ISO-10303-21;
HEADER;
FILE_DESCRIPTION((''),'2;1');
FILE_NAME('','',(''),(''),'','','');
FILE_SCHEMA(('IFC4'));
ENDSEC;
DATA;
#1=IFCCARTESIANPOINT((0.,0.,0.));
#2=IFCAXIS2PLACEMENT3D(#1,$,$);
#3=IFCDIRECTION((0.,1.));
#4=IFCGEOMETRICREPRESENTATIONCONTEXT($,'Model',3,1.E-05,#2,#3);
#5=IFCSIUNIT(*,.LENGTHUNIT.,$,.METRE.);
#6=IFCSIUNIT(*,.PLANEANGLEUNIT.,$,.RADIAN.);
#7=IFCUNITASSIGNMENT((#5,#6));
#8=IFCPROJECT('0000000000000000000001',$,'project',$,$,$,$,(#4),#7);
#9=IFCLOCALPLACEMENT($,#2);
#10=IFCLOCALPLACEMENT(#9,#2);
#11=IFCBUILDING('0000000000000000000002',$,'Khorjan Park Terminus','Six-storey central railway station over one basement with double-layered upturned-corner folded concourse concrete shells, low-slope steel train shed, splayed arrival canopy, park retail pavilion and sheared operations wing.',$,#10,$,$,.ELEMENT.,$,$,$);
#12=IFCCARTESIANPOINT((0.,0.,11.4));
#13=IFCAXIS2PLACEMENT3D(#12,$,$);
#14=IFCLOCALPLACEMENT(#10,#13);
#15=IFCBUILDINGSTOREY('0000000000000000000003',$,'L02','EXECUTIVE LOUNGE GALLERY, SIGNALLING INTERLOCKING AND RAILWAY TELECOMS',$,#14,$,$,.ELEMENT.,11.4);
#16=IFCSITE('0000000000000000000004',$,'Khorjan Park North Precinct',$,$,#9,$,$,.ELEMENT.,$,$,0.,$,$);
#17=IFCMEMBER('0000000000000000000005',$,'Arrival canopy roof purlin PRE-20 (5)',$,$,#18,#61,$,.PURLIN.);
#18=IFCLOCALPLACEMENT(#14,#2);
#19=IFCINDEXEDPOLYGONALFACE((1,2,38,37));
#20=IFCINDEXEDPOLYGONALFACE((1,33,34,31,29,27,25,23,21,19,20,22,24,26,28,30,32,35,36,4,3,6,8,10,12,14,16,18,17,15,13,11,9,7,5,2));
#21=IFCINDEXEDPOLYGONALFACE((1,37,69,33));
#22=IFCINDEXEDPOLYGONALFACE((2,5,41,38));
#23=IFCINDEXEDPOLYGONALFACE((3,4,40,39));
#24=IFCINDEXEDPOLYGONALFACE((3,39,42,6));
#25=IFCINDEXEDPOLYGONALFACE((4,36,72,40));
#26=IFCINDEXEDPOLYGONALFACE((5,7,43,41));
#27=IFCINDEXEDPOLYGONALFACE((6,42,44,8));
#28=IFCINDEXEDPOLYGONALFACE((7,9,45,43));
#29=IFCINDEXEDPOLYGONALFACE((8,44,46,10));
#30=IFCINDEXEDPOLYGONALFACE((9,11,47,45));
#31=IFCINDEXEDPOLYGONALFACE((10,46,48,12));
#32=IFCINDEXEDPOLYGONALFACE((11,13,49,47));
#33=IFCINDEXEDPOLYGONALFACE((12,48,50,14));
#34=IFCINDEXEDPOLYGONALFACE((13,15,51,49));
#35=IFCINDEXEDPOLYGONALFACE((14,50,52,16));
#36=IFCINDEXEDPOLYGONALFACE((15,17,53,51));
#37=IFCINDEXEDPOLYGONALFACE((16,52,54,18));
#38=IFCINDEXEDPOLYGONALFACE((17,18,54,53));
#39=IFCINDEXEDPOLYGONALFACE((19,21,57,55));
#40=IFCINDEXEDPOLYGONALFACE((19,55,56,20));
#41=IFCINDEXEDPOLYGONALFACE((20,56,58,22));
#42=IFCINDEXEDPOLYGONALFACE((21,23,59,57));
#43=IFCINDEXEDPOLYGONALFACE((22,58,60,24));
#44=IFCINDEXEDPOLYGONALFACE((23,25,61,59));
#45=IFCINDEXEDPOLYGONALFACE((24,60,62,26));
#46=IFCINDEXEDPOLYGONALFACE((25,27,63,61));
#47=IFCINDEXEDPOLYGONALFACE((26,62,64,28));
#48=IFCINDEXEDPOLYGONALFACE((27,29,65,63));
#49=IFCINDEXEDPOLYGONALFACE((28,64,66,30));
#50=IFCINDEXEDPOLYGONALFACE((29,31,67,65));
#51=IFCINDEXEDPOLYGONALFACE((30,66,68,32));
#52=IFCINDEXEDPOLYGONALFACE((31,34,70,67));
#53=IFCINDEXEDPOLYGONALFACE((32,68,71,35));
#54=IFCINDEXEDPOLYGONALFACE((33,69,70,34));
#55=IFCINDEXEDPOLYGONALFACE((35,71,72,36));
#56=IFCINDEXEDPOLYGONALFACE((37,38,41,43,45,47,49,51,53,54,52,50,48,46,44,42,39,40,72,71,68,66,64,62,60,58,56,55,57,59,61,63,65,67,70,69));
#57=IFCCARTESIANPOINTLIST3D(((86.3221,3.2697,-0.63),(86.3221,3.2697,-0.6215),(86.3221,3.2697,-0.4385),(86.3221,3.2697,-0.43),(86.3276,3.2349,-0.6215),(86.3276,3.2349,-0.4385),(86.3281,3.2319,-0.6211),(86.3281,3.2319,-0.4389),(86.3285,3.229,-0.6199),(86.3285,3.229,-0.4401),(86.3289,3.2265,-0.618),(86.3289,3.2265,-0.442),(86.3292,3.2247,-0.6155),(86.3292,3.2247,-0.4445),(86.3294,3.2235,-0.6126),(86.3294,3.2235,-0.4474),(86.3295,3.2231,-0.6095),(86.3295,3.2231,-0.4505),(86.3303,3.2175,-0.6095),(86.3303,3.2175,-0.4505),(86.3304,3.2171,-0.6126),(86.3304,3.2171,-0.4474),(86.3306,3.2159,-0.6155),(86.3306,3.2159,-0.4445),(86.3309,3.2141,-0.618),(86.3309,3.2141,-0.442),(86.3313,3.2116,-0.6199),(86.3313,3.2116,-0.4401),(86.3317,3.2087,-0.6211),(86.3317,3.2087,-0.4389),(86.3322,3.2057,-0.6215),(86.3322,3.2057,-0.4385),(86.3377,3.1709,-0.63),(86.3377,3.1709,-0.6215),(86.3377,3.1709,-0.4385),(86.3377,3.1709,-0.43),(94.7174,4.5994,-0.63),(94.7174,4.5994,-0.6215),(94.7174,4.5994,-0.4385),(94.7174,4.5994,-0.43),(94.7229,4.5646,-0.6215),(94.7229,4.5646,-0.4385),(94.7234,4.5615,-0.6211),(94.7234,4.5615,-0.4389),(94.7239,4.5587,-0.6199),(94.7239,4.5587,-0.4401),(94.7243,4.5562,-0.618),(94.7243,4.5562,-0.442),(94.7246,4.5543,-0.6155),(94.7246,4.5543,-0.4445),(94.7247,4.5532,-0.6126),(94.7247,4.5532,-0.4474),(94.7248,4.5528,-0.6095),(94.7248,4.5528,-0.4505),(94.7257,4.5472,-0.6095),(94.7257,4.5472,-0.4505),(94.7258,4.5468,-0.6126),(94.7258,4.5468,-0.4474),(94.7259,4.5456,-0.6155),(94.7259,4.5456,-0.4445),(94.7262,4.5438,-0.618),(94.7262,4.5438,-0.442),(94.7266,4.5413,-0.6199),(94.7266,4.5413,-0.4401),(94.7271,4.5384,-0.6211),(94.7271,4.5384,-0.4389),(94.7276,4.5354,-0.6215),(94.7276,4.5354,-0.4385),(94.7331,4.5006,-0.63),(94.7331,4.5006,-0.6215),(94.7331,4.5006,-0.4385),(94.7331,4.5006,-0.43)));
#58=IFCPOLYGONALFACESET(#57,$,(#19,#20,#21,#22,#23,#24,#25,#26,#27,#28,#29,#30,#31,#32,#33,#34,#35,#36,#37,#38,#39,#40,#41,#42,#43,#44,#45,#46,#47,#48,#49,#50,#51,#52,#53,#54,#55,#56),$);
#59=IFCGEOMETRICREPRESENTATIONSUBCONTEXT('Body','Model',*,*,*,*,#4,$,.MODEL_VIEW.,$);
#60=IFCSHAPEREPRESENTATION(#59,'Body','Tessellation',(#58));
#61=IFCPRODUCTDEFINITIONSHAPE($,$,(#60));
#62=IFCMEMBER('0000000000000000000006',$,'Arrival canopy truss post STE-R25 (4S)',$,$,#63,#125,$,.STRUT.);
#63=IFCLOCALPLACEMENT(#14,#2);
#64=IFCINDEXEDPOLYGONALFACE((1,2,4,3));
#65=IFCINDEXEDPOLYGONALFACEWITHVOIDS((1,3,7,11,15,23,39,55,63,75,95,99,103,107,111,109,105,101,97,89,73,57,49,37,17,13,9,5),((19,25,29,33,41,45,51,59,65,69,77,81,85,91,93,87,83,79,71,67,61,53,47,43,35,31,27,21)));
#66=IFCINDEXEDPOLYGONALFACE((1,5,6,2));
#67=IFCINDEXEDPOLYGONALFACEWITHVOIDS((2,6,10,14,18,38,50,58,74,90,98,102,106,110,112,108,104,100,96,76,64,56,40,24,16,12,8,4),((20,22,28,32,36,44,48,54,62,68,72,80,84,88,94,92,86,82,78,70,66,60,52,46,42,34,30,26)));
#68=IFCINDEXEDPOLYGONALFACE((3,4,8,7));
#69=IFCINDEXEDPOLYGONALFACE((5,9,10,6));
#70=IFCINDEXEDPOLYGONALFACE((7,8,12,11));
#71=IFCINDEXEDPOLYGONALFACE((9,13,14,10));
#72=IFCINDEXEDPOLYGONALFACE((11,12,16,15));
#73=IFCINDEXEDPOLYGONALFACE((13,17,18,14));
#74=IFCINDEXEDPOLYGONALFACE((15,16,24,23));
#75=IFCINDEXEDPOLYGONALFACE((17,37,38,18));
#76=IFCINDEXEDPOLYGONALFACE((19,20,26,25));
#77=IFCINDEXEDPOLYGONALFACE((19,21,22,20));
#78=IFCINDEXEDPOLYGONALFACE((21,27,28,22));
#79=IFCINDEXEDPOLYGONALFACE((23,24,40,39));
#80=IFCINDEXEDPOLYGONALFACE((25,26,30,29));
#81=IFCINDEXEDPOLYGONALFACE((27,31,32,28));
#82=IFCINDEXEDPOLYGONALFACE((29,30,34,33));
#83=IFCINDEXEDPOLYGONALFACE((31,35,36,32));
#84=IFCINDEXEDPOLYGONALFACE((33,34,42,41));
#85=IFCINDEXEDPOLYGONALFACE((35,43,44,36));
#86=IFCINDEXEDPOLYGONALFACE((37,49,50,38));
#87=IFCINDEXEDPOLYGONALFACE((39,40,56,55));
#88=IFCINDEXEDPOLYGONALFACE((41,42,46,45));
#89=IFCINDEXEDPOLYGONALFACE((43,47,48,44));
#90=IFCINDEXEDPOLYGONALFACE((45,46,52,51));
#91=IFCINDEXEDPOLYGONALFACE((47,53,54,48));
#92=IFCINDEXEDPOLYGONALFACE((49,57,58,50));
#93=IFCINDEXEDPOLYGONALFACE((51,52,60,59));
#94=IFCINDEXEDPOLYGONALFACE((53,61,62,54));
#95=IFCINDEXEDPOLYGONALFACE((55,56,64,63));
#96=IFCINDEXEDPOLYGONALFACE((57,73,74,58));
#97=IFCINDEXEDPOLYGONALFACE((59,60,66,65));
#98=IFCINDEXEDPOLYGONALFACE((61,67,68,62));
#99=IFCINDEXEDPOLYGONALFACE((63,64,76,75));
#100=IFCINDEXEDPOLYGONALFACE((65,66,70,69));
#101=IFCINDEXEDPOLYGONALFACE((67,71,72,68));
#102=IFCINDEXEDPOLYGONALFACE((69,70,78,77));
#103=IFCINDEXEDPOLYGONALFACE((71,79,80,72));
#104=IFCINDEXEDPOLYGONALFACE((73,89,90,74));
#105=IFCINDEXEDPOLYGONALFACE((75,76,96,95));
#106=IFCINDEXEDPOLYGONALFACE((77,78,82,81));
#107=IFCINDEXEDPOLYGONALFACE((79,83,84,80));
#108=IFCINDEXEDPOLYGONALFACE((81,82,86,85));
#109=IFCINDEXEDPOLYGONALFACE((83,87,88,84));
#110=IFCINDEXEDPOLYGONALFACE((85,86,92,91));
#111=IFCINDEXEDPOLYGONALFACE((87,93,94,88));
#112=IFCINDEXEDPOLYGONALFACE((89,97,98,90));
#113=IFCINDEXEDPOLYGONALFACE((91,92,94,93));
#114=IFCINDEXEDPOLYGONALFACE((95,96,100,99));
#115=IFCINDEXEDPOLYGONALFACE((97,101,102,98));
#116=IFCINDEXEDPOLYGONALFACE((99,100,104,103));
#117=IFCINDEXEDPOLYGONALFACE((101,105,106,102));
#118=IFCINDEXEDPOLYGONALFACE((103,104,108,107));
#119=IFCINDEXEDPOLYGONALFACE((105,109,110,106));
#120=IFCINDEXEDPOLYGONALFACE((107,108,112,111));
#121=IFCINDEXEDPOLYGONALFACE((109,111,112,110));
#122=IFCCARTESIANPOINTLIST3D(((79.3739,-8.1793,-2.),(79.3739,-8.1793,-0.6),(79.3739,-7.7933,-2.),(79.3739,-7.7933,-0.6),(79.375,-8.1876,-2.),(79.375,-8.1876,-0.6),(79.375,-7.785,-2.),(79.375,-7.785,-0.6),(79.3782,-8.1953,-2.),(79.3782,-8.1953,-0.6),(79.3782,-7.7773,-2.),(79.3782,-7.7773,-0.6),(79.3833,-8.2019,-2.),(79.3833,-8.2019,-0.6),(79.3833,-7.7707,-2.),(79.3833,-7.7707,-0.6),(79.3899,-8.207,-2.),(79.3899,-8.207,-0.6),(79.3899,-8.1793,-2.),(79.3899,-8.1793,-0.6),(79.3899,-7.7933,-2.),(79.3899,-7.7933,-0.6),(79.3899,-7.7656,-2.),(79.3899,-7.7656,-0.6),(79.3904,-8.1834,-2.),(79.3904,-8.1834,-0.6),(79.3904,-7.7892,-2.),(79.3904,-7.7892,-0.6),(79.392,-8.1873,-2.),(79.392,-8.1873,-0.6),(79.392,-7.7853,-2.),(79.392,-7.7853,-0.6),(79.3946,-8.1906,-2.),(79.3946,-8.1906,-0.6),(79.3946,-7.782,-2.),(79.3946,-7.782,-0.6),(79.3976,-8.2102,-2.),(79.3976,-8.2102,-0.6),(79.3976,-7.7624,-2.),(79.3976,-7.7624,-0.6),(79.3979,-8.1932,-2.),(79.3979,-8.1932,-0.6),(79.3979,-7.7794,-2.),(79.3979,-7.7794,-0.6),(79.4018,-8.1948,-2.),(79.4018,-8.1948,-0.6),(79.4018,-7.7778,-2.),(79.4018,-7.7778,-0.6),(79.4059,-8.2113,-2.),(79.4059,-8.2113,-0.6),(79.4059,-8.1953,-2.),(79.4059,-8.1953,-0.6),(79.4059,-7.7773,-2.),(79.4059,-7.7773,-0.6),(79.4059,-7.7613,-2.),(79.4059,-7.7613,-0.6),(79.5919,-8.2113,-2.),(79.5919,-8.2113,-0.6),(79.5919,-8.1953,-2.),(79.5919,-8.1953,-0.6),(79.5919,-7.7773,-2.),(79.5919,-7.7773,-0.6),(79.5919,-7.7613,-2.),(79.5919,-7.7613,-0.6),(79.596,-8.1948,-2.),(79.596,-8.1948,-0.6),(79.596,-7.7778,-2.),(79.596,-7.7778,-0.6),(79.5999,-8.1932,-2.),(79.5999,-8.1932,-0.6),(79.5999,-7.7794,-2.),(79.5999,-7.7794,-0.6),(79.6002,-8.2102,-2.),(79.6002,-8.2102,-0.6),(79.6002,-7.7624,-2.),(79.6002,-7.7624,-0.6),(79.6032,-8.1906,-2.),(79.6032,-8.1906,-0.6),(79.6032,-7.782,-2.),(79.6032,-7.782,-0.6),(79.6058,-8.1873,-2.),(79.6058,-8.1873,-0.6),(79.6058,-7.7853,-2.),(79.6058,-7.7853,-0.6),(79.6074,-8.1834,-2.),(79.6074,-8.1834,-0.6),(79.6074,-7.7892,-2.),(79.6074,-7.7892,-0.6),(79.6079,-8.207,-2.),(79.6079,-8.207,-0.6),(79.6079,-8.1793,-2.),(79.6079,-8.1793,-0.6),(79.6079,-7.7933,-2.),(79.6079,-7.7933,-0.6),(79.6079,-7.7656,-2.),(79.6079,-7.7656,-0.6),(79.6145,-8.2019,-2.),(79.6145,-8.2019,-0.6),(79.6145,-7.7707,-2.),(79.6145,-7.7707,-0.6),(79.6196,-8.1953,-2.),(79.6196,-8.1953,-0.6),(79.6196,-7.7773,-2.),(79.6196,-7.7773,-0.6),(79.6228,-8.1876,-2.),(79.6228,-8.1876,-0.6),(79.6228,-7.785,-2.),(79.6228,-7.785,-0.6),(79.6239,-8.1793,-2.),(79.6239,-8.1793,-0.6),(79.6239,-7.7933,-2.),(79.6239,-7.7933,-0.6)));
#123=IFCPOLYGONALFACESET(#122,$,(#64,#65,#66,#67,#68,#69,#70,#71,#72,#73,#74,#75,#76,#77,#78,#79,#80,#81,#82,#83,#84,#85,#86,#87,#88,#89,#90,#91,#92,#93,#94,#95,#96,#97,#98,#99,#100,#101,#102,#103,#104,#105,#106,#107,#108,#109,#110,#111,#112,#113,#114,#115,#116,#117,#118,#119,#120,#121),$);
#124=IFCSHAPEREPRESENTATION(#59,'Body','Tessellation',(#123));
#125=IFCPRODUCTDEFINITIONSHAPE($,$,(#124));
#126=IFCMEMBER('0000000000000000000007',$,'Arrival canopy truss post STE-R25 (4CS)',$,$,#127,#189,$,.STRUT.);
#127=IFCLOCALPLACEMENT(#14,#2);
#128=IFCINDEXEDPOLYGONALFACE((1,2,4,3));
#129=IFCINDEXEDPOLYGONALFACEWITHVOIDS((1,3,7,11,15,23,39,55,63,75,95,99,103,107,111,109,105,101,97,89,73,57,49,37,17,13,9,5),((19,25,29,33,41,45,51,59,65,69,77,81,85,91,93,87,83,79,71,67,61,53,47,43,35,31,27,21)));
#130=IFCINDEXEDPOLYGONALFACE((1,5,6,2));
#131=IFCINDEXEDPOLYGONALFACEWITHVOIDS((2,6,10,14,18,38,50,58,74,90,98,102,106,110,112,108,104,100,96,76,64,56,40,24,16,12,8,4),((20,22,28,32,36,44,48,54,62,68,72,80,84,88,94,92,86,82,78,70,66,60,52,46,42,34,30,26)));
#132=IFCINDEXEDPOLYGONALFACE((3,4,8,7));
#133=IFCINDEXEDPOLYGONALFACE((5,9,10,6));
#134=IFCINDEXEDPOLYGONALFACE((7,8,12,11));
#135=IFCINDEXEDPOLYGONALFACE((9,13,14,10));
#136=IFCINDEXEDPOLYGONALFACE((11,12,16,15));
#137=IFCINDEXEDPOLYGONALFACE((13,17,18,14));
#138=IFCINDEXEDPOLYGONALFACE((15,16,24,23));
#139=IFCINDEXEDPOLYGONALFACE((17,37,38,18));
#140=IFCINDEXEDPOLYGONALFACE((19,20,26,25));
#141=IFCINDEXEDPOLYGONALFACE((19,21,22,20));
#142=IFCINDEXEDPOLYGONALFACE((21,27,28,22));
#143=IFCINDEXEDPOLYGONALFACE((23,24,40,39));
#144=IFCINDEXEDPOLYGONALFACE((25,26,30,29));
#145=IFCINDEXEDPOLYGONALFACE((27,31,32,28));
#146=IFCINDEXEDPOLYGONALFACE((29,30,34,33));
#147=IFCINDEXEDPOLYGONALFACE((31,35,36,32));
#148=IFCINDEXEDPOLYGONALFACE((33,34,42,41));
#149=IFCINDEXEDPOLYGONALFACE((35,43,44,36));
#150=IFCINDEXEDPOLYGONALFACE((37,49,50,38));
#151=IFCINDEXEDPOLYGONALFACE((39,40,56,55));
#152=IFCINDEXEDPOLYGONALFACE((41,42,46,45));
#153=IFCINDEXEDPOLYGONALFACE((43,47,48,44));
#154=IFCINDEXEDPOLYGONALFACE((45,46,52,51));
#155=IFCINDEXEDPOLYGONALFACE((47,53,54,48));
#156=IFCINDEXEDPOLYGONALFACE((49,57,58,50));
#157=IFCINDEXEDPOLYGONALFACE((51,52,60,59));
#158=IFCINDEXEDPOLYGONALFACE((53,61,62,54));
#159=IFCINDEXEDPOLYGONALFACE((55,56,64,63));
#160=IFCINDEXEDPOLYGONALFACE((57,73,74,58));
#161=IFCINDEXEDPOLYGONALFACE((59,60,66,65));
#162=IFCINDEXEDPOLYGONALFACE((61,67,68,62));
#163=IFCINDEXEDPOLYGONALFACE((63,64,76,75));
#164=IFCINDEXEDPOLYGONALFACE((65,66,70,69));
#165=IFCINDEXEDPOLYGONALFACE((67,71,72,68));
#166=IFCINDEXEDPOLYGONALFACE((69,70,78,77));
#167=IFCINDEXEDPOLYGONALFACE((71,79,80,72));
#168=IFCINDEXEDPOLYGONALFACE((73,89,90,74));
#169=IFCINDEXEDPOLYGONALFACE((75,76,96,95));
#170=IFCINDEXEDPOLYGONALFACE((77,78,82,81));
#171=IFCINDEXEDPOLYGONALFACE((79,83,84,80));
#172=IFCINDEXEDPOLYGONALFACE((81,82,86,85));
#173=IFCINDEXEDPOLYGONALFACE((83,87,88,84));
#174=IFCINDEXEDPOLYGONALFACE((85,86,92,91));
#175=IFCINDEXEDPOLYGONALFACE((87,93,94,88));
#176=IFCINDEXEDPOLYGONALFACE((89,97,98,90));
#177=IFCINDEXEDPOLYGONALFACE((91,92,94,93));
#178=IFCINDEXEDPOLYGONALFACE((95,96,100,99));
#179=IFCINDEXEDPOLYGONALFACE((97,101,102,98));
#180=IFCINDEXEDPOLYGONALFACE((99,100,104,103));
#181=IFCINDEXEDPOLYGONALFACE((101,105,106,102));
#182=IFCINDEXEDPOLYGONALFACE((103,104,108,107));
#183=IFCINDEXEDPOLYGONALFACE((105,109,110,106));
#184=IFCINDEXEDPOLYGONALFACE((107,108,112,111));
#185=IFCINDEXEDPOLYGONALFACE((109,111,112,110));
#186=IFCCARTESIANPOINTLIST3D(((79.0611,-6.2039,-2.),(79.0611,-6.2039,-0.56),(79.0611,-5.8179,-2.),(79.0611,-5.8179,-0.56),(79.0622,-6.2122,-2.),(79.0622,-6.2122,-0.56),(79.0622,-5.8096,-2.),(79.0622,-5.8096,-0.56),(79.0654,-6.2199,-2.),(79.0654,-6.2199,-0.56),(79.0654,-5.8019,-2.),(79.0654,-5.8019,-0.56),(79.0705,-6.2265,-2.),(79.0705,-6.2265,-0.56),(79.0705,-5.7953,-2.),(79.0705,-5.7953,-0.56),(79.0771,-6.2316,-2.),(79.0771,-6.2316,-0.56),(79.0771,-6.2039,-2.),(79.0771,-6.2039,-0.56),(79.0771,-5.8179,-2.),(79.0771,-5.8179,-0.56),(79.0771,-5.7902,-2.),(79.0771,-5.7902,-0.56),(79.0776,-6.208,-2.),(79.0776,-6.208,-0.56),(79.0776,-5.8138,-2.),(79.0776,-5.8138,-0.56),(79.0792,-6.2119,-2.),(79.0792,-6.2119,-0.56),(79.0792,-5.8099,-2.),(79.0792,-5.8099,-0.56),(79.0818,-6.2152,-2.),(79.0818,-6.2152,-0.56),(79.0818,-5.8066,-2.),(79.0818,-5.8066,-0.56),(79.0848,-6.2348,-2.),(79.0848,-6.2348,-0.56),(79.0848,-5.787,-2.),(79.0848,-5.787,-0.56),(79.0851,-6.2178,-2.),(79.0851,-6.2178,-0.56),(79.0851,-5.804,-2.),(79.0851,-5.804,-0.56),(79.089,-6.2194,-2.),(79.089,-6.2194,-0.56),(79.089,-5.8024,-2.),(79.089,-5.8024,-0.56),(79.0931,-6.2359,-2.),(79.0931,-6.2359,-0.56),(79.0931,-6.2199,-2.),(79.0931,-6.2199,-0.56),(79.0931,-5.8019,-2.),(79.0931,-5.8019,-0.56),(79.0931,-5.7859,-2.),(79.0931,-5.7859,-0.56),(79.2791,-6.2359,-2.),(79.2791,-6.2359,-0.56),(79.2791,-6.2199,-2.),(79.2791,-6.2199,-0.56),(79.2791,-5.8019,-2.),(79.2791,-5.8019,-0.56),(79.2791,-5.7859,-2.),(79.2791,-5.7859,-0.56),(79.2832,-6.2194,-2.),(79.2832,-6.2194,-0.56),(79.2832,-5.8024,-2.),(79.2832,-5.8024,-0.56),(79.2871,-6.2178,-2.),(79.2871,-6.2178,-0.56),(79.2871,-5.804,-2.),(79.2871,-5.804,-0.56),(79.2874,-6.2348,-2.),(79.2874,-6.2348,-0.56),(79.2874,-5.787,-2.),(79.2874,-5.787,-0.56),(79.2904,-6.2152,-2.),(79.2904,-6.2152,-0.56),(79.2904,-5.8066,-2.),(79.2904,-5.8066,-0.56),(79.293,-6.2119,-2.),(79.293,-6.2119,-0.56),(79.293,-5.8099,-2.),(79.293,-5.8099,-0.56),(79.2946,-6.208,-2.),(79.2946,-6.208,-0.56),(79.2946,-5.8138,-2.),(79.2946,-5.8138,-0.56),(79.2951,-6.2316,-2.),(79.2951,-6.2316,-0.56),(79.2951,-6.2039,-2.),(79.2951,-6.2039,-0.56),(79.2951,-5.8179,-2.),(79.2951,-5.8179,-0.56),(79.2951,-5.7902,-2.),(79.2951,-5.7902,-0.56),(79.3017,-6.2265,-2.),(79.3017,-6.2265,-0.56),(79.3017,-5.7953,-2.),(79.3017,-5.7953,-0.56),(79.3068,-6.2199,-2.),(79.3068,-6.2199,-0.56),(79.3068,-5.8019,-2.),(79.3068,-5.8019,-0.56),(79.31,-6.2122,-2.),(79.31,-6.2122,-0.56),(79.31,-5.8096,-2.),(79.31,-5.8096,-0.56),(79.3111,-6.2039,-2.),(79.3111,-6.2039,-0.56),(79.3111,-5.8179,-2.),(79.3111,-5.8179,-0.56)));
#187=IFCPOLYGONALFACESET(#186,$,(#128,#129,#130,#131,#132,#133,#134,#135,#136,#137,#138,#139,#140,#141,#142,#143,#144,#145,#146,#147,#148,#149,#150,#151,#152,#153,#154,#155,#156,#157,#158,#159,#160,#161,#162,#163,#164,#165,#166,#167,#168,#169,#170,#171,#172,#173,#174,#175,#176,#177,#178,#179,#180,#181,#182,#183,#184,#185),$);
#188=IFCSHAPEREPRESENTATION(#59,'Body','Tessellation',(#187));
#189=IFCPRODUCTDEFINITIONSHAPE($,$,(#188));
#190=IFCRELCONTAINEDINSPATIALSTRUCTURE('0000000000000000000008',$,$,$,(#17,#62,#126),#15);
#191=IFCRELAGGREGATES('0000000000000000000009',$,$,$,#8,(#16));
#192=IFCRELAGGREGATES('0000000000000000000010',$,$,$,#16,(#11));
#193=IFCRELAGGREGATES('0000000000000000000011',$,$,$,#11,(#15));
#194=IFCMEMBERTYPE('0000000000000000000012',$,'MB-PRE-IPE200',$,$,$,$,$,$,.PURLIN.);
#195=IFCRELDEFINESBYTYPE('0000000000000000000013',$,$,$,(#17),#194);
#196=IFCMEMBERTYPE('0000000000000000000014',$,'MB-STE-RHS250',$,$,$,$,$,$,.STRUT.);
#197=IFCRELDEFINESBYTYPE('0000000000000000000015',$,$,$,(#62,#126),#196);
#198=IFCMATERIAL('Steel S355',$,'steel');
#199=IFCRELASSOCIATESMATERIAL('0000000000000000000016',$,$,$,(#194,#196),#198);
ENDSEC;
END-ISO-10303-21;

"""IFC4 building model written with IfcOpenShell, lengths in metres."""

from ifc_helpers import new_model, si_unit, direction, frame, origin, origin_2d, place, context, subcontext, project, spatial, hollow_rectangle, i_section, extrude, material, material_profile, profile_set, type_object, element, save


model = new_model("IFC4")

# Units and contexts
model_context = context("Model", 3, precision=1e-05, world=origin(), true_north=direction((0.0, 1.0)))
body_context = subcontext(model_context, "Body", "Model", "MODEL_VIEW")
ifc_project = project(units=[si_unit("LENGTHUNIT", "METRE"), si_unit("PLANEANGLEUNIT", "RADIAN")], contexts=[model_context])

# Site, building, storey
site_placement = place(None, origin())
site = spatial("IfcSite", under=ifc_project, at=site_placement, Name="Khorjan Park North Precinct", CompositionType="ELEMENT", RefElevation=0.0)
building_placement = place(site_placement, origin())
building = spatial("IfcBuilding", under=site, at=building_placement, Name="Khorjan Park Terminus", Description="Six-storey central railway station over one basement with double-layered upturned-corner folded concourse concrete shells, low-slope steel train shed, splayed arrival canopy, park retail pavilion and sheared operations wing.", CompositionType="ELEMENT")
storey_placement = place(building_placement, frame((0.0, 0.0, 11.4)))
storey = spatial("IfcBuildingStorey", under=building, at=storey_placement, Name="L02", Description="EXECUTIVE LOUNGE GALLERY, SIGNALLING INTERLOCKING AND RAILWAY TELECOMS", CompositionType="ELEMENT", Elevation=11.4)

# Members
ifc_material = material(Name="Steel S355", Category="steel")
ifc_material_profile_1 = material_profile(ifc_material, i_section(OverallWidth=0.1, OverallDepth=0.2, WebThickness=0.0056, FlangeThickness=0.0085, FilletRadius=0.012, at=origin_2d()), Name="IPE 200")
ifc_profile_set_1 = profile_set([ifc_material_profile_1], Name="Steel S355")
member_type_1 = type_object("IfcMemberType", Name="MB-PRE-IPE200", PredefinedType="PURLIN", material=ifc_profile_set_1)
for number, where, z_axis, x_axis, name in (
    (1, (86.3299, 3.2203, -0.53), (0.987688, 0.156434, 0.0), (-0.156434, 0.987688, 0.0), "Arrival canopy roof purlin PRE-20 (5)"),
):
    element("IfcMember", number, at=place(storey_placement, frame(where, z_axis=z_axis, x_axis=x_axis)), inside=storey, type_object=member_type_1, Name=name, PredefinedType="PURLIN", context=body_context, shape_type="SweptSolid", body=[
        extrude(i_section(OverallWidth=0.1, OverallDepth=0.2, WebThickness=0.0056, FlangeThickness=0.0085, FilletRadius=0.012, at=origin_2d()), origin(), (0.0, 0.0, 1.0), 8.5),
    ])
ifc_material_profile_2 = material_profile(ifc_material, hollow_rectangle(XDim=0.25, YDim=0.45, WallThickness=0.016, InnerFilletRadius=0.016, OuterFilletRadius=0.032, at=origin_2d()), Name="RHS 450x250x16")
ifc_profile_set_2 = profile_set([ifc_material_profile_2], Name="Steel S355")
member_type_2 = type_object("IfcMemberType", Name="MB-STE-RHS250", PredefinedType="STRUT", material=ifc_profile_set_2)
member_1_placement = place(storey_placement, frame((79.4989, -7.9863, -2.0), z_axis=(0.0, 0.0, 1.0), x_axis=(1.0, 0.0, 0.0)))
element("IfcMember", 2, at=member_1_placement, inside=storey, type_object=member_type_2, Name="Arrival canopy truss post STE-R25 (4S)", PredefinedType="STRUT", context=body_context, shape_type="SweptSolid", body=[
    extrude(hollow_rectangle(XDim=0.25, YDim=0.45, WallThickness=0.016, InnerFilletRadius=0.016, OuterFilletRadius=0.032, at=origin_2d()), origin(), (0.0, 0.0, 1.0), 1.4),
])
member_2_placement = place(storey_placement, frame((79.1861, -6.0109, -2.0), z_axis=(0.0, 0.0, 1.0), x_axis=(1.0, 0.0, 0.0)))
element("IfcMember", 3, at=member_2_placement, inside=storey, type_object=member_type_2, Name="Arrival canopy truss post STE-R25 (4CS)", PredefinedType="STRUT", context=body_context, shape_type="SweptSolid", body=[
    extrude(hollow_rectangle(XDim=0.25, YDim=0.45, WallThickness=0.016, InnerFilletRadius=0.016, OuterFilletRadius=0.032, at=origin_2d()), origin(), (0.0, 0.0, 1.0), 1.44),
])

save(model, "model.ifc")
